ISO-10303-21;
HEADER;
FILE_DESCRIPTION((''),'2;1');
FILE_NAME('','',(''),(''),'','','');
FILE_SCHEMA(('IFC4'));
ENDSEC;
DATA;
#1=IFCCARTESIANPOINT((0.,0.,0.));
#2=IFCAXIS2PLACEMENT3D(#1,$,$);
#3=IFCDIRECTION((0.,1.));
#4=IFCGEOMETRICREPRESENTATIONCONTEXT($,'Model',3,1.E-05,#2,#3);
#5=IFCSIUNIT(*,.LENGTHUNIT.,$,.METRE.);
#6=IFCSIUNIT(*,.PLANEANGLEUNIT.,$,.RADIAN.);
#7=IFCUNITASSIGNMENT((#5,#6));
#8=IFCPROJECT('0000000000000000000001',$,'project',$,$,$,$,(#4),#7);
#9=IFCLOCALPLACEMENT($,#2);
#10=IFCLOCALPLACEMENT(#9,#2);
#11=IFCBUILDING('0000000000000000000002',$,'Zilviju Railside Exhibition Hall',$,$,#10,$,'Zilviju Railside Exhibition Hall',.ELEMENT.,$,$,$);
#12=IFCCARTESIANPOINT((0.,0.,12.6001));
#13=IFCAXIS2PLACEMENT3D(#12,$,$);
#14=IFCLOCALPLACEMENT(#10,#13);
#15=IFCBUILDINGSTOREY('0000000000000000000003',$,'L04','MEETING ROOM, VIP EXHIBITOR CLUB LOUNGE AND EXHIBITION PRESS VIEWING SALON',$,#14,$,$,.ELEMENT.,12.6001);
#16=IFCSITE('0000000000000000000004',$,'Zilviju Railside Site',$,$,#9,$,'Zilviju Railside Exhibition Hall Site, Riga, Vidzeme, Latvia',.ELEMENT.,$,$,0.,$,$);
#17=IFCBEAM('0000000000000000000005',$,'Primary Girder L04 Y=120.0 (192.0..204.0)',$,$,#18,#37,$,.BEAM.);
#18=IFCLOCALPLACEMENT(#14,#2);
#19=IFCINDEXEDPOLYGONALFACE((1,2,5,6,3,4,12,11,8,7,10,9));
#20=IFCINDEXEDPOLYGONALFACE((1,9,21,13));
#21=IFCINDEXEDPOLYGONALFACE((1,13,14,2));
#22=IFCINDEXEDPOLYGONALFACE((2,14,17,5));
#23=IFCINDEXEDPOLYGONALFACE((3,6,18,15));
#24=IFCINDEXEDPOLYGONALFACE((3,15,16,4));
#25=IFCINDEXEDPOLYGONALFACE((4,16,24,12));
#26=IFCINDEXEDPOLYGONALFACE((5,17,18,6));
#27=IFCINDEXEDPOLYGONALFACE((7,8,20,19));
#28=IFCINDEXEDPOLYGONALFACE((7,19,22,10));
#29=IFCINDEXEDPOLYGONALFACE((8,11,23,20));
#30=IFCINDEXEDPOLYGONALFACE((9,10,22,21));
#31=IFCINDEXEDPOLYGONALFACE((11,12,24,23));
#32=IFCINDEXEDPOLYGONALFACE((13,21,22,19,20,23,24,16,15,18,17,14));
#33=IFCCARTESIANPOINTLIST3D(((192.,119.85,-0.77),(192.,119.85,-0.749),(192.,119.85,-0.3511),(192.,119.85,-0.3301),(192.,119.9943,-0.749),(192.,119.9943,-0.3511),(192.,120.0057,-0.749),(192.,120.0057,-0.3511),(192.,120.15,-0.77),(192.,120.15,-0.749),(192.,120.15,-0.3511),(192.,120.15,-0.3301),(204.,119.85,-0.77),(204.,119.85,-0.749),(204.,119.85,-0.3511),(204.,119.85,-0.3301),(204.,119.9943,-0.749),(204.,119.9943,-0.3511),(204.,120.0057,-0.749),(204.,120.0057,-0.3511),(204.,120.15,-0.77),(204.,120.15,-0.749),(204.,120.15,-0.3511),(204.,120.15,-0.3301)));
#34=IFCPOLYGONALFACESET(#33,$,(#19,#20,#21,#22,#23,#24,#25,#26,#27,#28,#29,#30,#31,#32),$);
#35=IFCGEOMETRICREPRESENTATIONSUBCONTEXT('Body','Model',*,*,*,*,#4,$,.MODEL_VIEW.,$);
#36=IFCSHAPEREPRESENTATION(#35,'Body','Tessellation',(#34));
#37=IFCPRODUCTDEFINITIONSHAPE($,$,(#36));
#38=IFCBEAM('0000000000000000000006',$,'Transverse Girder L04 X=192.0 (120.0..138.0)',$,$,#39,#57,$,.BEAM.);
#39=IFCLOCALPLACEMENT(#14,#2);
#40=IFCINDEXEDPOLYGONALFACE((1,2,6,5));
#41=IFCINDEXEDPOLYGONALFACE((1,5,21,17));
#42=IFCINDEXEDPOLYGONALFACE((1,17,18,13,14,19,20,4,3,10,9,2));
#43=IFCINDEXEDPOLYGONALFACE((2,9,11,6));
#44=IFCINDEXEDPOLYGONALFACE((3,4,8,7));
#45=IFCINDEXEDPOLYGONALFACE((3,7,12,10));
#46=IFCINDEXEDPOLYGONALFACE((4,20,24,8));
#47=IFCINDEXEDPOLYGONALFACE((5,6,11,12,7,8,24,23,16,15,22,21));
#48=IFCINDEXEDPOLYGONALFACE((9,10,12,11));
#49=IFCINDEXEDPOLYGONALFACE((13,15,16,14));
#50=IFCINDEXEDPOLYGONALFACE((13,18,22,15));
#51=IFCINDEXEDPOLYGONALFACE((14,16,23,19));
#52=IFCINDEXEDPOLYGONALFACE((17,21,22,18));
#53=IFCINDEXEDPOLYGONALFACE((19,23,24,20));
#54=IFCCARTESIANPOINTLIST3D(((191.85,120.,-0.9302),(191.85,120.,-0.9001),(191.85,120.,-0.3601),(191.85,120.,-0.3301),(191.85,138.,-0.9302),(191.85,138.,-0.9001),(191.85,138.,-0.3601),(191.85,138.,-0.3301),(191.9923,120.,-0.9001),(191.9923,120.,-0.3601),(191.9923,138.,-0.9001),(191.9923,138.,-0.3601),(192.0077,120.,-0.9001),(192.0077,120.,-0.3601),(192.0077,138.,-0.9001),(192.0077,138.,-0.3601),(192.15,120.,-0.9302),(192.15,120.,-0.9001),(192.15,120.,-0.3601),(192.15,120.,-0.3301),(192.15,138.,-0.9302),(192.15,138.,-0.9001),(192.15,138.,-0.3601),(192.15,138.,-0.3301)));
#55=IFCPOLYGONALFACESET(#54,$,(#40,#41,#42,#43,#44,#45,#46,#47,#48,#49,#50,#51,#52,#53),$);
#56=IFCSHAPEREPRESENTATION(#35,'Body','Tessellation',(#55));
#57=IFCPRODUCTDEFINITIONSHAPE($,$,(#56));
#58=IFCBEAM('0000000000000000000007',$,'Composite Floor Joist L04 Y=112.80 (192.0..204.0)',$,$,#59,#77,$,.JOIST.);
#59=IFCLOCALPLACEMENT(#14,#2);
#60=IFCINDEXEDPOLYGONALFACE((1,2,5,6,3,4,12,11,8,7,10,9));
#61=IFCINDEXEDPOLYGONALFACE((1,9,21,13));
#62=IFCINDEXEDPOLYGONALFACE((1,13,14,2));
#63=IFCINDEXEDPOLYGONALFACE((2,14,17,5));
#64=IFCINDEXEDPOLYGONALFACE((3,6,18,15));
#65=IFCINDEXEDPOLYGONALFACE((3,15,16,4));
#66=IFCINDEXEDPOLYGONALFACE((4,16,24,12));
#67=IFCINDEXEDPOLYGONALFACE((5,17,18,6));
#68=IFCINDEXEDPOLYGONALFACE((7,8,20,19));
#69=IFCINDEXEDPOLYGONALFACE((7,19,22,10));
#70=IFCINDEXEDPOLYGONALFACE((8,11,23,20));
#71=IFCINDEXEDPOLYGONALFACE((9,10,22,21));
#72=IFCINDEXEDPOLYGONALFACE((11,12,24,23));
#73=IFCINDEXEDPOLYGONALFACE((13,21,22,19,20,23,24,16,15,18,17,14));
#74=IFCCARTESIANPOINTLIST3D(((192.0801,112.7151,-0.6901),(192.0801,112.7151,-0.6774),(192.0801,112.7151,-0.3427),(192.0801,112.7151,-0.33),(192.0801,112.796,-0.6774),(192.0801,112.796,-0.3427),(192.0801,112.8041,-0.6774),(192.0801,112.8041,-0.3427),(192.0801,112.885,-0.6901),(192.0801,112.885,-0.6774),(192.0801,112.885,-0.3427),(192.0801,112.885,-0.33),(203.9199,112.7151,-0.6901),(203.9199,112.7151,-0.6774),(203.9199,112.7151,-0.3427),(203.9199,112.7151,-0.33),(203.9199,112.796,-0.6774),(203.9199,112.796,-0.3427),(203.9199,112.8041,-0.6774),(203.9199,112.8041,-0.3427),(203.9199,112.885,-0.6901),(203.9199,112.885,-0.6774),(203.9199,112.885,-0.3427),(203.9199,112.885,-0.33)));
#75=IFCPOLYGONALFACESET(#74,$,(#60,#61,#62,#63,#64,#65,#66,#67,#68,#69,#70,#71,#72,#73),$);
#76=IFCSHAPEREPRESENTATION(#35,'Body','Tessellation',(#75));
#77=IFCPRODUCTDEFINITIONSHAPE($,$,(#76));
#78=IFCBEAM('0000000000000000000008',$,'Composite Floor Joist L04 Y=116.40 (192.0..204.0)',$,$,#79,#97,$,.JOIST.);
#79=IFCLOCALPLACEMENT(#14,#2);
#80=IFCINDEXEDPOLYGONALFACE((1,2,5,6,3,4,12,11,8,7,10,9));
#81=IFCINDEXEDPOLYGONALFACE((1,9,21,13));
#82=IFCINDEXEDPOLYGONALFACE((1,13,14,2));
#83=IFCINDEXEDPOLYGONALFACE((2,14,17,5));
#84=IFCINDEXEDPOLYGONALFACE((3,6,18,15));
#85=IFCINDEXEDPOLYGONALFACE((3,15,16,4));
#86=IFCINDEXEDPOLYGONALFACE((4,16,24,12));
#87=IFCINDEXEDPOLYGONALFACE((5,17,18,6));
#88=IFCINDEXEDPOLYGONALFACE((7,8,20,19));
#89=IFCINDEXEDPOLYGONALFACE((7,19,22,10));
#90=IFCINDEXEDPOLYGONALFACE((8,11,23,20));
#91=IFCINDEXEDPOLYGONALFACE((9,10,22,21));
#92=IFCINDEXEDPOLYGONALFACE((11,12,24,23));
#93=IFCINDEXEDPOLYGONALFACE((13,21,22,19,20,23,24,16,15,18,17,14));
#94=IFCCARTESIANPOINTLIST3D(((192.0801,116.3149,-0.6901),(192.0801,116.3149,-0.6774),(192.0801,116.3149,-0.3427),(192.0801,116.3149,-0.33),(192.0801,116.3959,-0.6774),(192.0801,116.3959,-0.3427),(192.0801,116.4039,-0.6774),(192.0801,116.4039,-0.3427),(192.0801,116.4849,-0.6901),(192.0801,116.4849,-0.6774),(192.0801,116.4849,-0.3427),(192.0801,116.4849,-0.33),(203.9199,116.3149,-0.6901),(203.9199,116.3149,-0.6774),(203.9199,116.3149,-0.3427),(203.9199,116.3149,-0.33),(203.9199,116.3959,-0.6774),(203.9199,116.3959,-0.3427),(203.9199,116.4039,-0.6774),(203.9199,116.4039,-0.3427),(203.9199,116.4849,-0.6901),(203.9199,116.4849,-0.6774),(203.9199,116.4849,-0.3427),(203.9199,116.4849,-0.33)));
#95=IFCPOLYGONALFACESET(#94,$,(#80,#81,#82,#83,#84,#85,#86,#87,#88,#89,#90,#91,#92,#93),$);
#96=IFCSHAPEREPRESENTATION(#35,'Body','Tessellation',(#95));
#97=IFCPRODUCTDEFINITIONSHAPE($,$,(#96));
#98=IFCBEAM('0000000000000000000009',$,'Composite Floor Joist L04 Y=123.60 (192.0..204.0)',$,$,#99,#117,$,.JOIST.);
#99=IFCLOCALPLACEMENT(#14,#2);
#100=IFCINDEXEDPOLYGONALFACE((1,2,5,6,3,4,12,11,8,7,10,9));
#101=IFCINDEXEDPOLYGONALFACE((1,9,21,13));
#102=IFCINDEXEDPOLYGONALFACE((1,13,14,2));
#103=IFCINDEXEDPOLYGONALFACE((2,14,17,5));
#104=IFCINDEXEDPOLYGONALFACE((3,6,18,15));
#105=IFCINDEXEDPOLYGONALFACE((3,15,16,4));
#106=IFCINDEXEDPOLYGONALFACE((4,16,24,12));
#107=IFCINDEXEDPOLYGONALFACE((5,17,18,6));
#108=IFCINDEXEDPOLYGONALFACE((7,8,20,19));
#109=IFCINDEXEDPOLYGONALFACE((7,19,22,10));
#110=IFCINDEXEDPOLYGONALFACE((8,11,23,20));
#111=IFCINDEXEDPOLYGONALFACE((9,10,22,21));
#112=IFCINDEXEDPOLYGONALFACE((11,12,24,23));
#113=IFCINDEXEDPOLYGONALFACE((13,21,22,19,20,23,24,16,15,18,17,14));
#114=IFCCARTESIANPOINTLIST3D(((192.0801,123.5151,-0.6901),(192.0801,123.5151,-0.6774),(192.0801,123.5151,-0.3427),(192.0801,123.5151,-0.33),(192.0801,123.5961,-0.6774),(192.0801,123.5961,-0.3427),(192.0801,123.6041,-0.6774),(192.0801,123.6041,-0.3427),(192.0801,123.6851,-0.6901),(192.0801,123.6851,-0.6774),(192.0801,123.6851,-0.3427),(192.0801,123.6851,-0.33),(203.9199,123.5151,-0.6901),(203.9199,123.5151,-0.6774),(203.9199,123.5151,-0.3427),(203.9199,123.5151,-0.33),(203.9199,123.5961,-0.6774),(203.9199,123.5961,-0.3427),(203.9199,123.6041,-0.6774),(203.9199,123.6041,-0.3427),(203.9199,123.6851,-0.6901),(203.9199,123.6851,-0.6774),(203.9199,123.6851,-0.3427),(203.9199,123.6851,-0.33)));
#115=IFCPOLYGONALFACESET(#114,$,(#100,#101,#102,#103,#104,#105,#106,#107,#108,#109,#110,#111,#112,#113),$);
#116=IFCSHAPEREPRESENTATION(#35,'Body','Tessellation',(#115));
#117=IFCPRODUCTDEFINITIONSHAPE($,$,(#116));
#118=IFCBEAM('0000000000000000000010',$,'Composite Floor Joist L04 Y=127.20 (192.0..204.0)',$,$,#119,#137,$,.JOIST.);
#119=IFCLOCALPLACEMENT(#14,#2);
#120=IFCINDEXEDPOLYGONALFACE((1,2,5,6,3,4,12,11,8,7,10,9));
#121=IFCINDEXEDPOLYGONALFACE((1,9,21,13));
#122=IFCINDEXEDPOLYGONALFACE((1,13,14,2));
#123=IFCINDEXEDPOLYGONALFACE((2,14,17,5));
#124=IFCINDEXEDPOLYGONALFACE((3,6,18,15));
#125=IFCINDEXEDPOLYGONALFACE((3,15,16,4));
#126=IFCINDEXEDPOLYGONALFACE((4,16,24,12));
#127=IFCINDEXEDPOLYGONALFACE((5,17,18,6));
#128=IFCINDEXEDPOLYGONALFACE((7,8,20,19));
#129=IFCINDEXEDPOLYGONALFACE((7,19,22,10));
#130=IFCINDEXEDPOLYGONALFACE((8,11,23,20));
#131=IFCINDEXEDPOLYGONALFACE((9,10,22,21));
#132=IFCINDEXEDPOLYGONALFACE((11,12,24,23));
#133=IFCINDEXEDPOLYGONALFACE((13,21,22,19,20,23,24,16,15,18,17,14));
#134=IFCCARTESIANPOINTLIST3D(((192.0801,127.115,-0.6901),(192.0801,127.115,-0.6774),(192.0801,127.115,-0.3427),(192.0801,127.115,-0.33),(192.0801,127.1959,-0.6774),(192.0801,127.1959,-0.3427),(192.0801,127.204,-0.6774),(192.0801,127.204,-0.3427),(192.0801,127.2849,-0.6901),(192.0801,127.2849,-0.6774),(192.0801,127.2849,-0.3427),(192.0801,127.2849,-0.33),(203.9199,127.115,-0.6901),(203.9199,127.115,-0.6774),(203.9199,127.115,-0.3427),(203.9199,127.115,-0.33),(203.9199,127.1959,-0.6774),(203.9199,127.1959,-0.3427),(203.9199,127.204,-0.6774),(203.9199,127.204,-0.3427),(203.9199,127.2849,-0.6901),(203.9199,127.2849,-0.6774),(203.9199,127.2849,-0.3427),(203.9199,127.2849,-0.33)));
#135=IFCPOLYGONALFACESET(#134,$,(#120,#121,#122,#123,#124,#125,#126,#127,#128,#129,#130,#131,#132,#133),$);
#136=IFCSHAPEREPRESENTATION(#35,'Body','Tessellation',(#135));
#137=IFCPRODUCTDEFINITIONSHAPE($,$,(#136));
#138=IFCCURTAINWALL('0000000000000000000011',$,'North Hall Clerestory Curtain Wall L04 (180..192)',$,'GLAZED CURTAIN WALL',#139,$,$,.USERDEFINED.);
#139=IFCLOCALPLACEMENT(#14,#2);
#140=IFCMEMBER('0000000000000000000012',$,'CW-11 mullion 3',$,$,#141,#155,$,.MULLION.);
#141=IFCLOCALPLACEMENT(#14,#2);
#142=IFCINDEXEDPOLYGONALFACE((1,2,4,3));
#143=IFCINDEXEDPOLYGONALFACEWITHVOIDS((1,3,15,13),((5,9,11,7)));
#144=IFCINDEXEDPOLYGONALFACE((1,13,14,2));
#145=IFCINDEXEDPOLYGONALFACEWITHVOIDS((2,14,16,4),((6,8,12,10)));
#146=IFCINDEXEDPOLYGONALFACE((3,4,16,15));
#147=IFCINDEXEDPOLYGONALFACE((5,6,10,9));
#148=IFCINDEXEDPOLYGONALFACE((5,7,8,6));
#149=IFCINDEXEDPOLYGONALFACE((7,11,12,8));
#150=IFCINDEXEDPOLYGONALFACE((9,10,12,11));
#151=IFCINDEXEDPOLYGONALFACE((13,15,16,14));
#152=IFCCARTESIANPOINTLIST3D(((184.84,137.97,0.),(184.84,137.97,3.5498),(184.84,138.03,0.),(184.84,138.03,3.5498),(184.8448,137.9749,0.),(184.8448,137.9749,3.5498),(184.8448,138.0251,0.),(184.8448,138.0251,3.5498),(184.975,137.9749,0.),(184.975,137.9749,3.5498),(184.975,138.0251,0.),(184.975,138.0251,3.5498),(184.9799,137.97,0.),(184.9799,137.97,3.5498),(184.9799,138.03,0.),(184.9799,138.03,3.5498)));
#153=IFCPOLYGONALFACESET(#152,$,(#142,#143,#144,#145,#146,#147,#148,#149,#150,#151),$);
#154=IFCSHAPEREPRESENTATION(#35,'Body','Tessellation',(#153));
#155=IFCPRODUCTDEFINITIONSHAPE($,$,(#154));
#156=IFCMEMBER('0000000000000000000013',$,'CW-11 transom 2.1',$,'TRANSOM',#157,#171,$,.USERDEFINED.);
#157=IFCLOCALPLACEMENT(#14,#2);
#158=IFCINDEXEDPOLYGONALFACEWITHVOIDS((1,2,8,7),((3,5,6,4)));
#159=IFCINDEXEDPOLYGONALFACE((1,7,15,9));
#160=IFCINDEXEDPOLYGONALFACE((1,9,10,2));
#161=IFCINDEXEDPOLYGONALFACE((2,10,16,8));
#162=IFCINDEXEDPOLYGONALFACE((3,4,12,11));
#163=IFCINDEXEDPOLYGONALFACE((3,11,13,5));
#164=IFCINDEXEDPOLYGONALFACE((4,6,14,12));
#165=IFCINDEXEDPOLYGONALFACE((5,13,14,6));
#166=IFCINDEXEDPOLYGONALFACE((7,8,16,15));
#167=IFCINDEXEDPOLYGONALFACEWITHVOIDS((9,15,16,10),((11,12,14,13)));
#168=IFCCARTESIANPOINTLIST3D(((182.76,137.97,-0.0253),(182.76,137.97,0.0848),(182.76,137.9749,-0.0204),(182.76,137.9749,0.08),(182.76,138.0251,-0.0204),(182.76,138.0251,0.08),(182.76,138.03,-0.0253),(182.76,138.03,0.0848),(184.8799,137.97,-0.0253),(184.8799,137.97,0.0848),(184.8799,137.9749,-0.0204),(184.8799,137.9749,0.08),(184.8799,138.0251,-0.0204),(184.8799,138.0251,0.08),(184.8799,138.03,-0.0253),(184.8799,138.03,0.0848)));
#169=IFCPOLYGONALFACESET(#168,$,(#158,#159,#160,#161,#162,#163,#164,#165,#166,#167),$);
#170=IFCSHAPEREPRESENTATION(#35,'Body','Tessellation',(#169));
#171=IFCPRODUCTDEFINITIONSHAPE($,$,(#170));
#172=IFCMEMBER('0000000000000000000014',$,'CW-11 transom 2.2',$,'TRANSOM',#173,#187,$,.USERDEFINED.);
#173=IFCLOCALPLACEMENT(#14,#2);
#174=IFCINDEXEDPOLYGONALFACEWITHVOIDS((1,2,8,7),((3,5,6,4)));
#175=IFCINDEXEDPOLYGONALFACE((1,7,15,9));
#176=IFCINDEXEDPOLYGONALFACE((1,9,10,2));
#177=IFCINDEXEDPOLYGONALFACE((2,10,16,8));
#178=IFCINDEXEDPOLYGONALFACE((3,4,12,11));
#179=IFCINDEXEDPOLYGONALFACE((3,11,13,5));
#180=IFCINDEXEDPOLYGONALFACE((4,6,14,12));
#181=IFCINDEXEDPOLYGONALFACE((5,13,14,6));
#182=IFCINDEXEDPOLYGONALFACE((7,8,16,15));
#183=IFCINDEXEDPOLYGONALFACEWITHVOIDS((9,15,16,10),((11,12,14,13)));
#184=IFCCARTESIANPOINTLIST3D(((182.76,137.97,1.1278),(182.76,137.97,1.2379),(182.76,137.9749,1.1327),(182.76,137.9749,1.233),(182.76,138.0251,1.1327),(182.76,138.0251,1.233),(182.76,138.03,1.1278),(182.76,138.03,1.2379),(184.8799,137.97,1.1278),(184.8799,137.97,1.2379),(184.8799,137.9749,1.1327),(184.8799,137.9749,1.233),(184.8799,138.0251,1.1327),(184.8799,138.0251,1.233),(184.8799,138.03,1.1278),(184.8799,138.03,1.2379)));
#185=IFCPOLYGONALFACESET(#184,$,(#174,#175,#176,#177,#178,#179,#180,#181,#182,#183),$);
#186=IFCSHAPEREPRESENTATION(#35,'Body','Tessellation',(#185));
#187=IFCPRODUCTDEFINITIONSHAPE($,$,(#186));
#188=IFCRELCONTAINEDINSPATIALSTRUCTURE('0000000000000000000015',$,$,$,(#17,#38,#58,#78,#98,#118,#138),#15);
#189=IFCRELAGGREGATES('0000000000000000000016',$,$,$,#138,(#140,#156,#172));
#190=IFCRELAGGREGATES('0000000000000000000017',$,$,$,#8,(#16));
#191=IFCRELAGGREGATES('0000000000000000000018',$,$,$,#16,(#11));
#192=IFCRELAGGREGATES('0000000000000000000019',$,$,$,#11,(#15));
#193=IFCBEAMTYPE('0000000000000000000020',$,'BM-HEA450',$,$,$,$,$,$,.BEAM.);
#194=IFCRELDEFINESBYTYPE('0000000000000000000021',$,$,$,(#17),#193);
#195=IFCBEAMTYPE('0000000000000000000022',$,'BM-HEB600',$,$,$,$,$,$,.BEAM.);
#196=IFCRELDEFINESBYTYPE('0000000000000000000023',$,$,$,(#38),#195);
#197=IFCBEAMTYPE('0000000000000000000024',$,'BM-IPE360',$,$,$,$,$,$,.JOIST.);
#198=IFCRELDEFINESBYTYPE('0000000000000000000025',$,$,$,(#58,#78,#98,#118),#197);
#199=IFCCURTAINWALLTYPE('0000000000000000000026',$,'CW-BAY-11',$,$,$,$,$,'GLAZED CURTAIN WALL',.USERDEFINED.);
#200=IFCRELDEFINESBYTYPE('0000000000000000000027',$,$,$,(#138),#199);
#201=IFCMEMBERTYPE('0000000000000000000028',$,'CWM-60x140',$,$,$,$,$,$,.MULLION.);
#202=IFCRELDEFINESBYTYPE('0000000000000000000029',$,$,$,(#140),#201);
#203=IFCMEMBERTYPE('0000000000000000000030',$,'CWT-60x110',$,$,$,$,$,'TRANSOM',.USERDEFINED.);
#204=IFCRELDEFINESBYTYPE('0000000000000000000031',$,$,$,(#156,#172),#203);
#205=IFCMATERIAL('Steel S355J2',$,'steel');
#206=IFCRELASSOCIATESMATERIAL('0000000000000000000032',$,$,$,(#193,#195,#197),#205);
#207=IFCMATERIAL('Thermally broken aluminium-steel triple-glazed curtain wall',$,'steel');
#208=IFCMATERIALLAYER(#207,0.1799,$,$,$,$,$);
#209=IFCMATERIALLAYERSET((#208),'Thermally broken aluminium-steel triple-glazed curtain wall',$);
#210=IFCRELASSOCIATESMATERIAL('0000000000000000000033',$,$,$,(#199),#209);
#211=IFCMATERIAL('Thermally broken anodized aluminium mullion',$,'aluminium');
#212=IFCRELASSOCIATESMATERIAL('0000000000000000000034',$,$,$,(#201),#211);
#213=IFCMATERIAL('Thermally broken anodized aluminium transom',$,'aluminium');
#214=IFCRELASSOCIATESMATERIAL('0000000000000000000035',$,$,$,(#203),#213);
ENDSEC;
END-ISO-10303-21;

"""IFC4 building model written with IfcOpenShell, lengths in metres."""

from ifc_helpers import new_model, si_unit, direction, frame, origin, origin_2d, place, context, subcontext, project, spatial, hollow_rectangle, i_section, extrude, material, layer, layer_set, material_profile, profile_set, type_object, element, aggregate, save


model = new_model("IFC4")

# Units and contexts
model_context = context("Model", 3, precision=1e-05, world=origin(), true_north=direction((0.0, 1.0)))
body_context = subcontext(model_context, "Body", "Model", "MODEL_VIEW")
ifc_project = project(units=[si_unit("LENGTHUNIT", "METRE"), si_unit("PLANEANGLEUNIT", "RADIAN")], contexts=[model_context])

# Site, building, storey
site_placement = place(None, origin())
site = spatial("IfcSite", under=ifc_project, at=site_placement, Name="Zilviju Railside Site", LongName="Zilviju Railside Exhibition Hall Site, Riga, Vidzeme, Latvia", CompositionType="ELEMENT", RefElevation=0.0)
building_placement = place(site_placement, origin())
building = spatial("IfcBuilding", under=site, at=building_placement, Name="Zilviju Railside Exhibition Hall", LongName="Zilviju Railside Exhibition Hall", CompositionType="ELEMENT")
storey_placement = place(building_placement, frame((0.0, 0.0, 12.6001)))
storey = spatial("IfcBuildingStorey", under=building, at=storey_placement, Name="L04", Description="MEETING ROOM, VIP EXHIBITOR CLUB LOUNGE AND EXHIBITION PRESS VIEWING SALON", CompositionType="ELEMENT", Elevation=12.6001)

# Beams
ifc_material_1 = material(Name="Steel S355J2", Category="steel")
ifc_material_profile_1 = material_profile(ifc_material_1, i_section(OverallWidth=0.3, OverallDepth=0.4399, WebThickness=0.0115, FlangeThickness=0.021, at=origin_2d()), Name="HEA 450")
ifc_profile_set_1 = profile_set([ifc_material_profile_1], Name="Steel S355J2")
beam_type_1 = type_object("IfcBeamType", Name="BM-HEA450", PredefinedType="BEAM", material=ifc_profile_set_1)
beam_1_placement = place(storey_placement, frame((192.0, 120.0, -0.55), z_axis=(1.0, 0.0, 0.0), x_axis=(0.0, 1.0, 0.0)))
element("IfcBeam", 1, at=beam_1_placement, inside=storey, type_object=beam_type_1, Name="Primary Girder L04 Y=120.0 (192.0..204.0)", PredefinedType="BEAM", context=body_context, shape_type="SweptSolid", body=[
    extrude(i_section(OverallWidth=0.3, OverallDepth=0.4399, WebThickness=0.0115, FlangeThickness=0.021, at=origin_2d()), origin(), (0.0, 0.0, 1.0), 12.0),
])
ifc_material_profile_2 = material_profile(ifc_material_1, i_section(OverallWidth=0.3, OverallDepth=0.6001, WebThickness=0.0154, FlangeThickness=0.03, at=origin_2d()), Name="HEB 600")
ifc_profile_set_2 = profile_set([ifc_material_profile_2], Name="Steel S355J2")
beam_type_2 = type_object("IfcBeamType", Name="BM-HEB600", PredefinedType="BEAM", material=ifc_profile_set_2)
beam_2_placement = place(storey_placement, frame((192.0, 120.0, -0.6301), z_axis=(0.0, 1.0, 0.0), x_axis=(-1.0, 0.0, 0.0)))
element("IfcBeam", 2, at=beam_2_placement, inside=storey, type_object=beam_type_2, Name="Transverse Girder L04 X=192.0 (120.0..138.0)", PredefinedType="BEAM", context=body_context, shape_type="SweptSolid", body=[
    extrude(i_section(OverallWidth=0.3, OverallDepth=0.6001, WebThickness=0.0154, FlangeThickness=0.03, at=origin_2d()), origin(), (0.0, 0.0, 1.0), 18.0),
])
ifc_material_profile_3 = material_profile(ifc_material_1, i_section(OverallWidth=0.1699, OverallDepth=0.3601, WebThickness=0.0081, FlangeThickness=0.0127, at=origin_2d()), Name="IPE 360")
ifc_profile_set_3 = profile_set([ifc_material_profile_3], Name="Steel S355J2")
beam_type_3 = type_object("IfcBeamType", Name="BM-IPE360", PredefinedType="JOIST", material=ifc_profile_set_3)
for number, where, z_axis, x_axis, name in (
    (3, (192.0801, 112.8, -0.51), (1.0, 0.0, 0.0), (0.0, 1.0, 0.0), "Composite Floor Joist L04 Y=112.80 (192.0..204.0)"),
    (4, (192.0801, 116.3999, -0.51), (1.0, 0.0, 0.0), (0.0, 1.0, 0.0), "Composite Floor Joist L04 Y=116.40 (192.0..204.0)"),
    (5, (192.0801, 123.6001, -0.51), (1.0, 0.0, 0.0), (0.0, 1.0, 0.0), "Composite Floor Joist L04 Y=123.60 (192.0..204.0)"),
    (6, (192.0801, 127.2, -0.51), (1.0, 0.0, 0.0), (0.0, 1.0, 0.0), "Composite Floor Joist L04 Y=127.20 (192.0..204.0)"),
):
    element("IfcBeam", number, at=place(storey_placement, frame(where, z_axis=z_axis, x_axis=x_axis)), inside=storey, type_object=beam_type_3, Name=name, PredefinedType="JOIST", context=body_context, shape_type="SweptSolid", body=[
        extrude(i_section(OverallWidth=0.1699, OverallDepth=0.3601, WebThickness=0.0081, FlangeThickness=0.0127, at=origin_2d()), origin(), (0.0, 0.0, 1.0), 11.8398),
    ])

# Curtain wall, members
ifc_material_2 = material(Name="Thermally broken aluminium-steel triple-glazed curtain wall", Category="steel")
ifc_layer_1 = layer(ifc_material_2, 0.1799)
ifc_layer_set_1 = layer_set([ifc_layer_1], Name="Thermally broken aluminium-steel triple-glazed curtain wall")
curtain_wall_type = type_object("IfcCurtainWallType", Name="CW-BAY-11", ElementType="GLAZED CURTAIN WALL", PredefinedType="USERDEFINED", material=ifc_layer_set_1)
curtain_wall_placement = place(storey_placement, origin())
curtain_wall = element("IfcCurtainWall", 7, at=curtain_wall_placement, inside=storey, type_object=curtain_wall_type, Name="North Hall Clerestory Curtain Wall L04 (180..192)", ObjectType="GLAZED CURTAIN WALL", PredefinedType="USERDEFINED")
ifc_material_3 = material(Name="Thermally broken anodized aluminium mullion", Category="aluminium")
ifc_material_profile_4 = material_profile(ifc_material_3, hollow_rectangle(XDim=0.0601, YDim=0.1399, WallThickness=0.0049, at=origin_2d()), Name="MULLION 140x60x5")
ifc_profile_set_4 = profile_set([ifc_material_profile_4], Name="Thermally broken anodized aluminium mullion")
member_type_1 = type_object("IfcMemberType", Name="CWM-60x140", PredefinedType="MULLION", material=ifc_profile_set_4)
member_1_placement = place(storey_placement, frame((184.9099, 138.0, 0.0), z_axis=(0.0, 0.0, 1.0), x_axis=(0.0, 1.0, 0.0)))
member_1 = element("IfcMember", 8, at=member_1_placement, type_object=member_type_1, Name="CW-11 mullion 3", PredefinedType="MULLION", context=body_context, shape_type="SweptSolid", body=[
    extrude(hollow_rectangle(XDim=0.0601, YDim=0.1399, WallThickness=0.0049, at=origin_2d()), origin(), (0.0, 0.0, 1.0), 3.5498),
])
ifc_material_4 = material(Name="Thermally broken anodized aluminium transom", Category="aluminium")
ifc_material_profile_5 = material_profile(ifc_material_4, hollow_rectangle(XDim=0.0601, YDim=0.1101, WallThickness=0.0049, at=origin_2d()), Name="TRANSOM 110x60x5")
ifc_profile_set_5 = profile_set([ifc_material_profile_5], Name="Thermally broken anodized aluminium transom")
member_type_2 = type_object("IfcMemberType", Name="CWT-60x110", ElementType="TRANSOM", PredefinedType="USERDEFINED", material=ifc_profile_set_5)
member_2_placement = place(storey_placement, frame((182.76, 138.0, 0.0298), z_axis=(1.0, 0.0, 0.0), x_axis=(0.0, 1.0, 0.0)))
member_2 = element("IfcMember", 9, at=member_2_placement, type_object=member_type_2, Name="CW-11 transom 2.1", ObjectType="TRANSOM", PredefinedType="USERDEFINED", context=body_context, shape_type="SweptSolid", body=[
    extrude(hollow_rectangle(XDim=0.0601, YDim=0.1101, WallThickness=0.0049, at=origin_2d()), origin(), (0.0, 0.0, 1.0), 2.1199),
])
member_3_placement = place(storey_placement, frame((182.76, 138.0, 1.1829), z_axis=(1.0, 0.0, 0.0), x_axis=(0.0, 1.0, 0.0)))
member_3 = element("IfcMember", 10, at=member_3_placement, type_object=member_type_2, Name="CW-11 transom 2.2", ObjectType="TRANSOM", PredefinedType="USERDEFINED", context=body_context, shape_type="SweptSolid", body=[
    extrude(hollow_rectangle(XDim=0.0601, YDim=0.1101, WallThickness=0.0049, at=origin_2d()), origin(), (0.0, 0.0, 1.0), 2.1199),
])
aggregate(curtain_wall, [member_1, member_2, member_3])

save(model, "model.ifc")
